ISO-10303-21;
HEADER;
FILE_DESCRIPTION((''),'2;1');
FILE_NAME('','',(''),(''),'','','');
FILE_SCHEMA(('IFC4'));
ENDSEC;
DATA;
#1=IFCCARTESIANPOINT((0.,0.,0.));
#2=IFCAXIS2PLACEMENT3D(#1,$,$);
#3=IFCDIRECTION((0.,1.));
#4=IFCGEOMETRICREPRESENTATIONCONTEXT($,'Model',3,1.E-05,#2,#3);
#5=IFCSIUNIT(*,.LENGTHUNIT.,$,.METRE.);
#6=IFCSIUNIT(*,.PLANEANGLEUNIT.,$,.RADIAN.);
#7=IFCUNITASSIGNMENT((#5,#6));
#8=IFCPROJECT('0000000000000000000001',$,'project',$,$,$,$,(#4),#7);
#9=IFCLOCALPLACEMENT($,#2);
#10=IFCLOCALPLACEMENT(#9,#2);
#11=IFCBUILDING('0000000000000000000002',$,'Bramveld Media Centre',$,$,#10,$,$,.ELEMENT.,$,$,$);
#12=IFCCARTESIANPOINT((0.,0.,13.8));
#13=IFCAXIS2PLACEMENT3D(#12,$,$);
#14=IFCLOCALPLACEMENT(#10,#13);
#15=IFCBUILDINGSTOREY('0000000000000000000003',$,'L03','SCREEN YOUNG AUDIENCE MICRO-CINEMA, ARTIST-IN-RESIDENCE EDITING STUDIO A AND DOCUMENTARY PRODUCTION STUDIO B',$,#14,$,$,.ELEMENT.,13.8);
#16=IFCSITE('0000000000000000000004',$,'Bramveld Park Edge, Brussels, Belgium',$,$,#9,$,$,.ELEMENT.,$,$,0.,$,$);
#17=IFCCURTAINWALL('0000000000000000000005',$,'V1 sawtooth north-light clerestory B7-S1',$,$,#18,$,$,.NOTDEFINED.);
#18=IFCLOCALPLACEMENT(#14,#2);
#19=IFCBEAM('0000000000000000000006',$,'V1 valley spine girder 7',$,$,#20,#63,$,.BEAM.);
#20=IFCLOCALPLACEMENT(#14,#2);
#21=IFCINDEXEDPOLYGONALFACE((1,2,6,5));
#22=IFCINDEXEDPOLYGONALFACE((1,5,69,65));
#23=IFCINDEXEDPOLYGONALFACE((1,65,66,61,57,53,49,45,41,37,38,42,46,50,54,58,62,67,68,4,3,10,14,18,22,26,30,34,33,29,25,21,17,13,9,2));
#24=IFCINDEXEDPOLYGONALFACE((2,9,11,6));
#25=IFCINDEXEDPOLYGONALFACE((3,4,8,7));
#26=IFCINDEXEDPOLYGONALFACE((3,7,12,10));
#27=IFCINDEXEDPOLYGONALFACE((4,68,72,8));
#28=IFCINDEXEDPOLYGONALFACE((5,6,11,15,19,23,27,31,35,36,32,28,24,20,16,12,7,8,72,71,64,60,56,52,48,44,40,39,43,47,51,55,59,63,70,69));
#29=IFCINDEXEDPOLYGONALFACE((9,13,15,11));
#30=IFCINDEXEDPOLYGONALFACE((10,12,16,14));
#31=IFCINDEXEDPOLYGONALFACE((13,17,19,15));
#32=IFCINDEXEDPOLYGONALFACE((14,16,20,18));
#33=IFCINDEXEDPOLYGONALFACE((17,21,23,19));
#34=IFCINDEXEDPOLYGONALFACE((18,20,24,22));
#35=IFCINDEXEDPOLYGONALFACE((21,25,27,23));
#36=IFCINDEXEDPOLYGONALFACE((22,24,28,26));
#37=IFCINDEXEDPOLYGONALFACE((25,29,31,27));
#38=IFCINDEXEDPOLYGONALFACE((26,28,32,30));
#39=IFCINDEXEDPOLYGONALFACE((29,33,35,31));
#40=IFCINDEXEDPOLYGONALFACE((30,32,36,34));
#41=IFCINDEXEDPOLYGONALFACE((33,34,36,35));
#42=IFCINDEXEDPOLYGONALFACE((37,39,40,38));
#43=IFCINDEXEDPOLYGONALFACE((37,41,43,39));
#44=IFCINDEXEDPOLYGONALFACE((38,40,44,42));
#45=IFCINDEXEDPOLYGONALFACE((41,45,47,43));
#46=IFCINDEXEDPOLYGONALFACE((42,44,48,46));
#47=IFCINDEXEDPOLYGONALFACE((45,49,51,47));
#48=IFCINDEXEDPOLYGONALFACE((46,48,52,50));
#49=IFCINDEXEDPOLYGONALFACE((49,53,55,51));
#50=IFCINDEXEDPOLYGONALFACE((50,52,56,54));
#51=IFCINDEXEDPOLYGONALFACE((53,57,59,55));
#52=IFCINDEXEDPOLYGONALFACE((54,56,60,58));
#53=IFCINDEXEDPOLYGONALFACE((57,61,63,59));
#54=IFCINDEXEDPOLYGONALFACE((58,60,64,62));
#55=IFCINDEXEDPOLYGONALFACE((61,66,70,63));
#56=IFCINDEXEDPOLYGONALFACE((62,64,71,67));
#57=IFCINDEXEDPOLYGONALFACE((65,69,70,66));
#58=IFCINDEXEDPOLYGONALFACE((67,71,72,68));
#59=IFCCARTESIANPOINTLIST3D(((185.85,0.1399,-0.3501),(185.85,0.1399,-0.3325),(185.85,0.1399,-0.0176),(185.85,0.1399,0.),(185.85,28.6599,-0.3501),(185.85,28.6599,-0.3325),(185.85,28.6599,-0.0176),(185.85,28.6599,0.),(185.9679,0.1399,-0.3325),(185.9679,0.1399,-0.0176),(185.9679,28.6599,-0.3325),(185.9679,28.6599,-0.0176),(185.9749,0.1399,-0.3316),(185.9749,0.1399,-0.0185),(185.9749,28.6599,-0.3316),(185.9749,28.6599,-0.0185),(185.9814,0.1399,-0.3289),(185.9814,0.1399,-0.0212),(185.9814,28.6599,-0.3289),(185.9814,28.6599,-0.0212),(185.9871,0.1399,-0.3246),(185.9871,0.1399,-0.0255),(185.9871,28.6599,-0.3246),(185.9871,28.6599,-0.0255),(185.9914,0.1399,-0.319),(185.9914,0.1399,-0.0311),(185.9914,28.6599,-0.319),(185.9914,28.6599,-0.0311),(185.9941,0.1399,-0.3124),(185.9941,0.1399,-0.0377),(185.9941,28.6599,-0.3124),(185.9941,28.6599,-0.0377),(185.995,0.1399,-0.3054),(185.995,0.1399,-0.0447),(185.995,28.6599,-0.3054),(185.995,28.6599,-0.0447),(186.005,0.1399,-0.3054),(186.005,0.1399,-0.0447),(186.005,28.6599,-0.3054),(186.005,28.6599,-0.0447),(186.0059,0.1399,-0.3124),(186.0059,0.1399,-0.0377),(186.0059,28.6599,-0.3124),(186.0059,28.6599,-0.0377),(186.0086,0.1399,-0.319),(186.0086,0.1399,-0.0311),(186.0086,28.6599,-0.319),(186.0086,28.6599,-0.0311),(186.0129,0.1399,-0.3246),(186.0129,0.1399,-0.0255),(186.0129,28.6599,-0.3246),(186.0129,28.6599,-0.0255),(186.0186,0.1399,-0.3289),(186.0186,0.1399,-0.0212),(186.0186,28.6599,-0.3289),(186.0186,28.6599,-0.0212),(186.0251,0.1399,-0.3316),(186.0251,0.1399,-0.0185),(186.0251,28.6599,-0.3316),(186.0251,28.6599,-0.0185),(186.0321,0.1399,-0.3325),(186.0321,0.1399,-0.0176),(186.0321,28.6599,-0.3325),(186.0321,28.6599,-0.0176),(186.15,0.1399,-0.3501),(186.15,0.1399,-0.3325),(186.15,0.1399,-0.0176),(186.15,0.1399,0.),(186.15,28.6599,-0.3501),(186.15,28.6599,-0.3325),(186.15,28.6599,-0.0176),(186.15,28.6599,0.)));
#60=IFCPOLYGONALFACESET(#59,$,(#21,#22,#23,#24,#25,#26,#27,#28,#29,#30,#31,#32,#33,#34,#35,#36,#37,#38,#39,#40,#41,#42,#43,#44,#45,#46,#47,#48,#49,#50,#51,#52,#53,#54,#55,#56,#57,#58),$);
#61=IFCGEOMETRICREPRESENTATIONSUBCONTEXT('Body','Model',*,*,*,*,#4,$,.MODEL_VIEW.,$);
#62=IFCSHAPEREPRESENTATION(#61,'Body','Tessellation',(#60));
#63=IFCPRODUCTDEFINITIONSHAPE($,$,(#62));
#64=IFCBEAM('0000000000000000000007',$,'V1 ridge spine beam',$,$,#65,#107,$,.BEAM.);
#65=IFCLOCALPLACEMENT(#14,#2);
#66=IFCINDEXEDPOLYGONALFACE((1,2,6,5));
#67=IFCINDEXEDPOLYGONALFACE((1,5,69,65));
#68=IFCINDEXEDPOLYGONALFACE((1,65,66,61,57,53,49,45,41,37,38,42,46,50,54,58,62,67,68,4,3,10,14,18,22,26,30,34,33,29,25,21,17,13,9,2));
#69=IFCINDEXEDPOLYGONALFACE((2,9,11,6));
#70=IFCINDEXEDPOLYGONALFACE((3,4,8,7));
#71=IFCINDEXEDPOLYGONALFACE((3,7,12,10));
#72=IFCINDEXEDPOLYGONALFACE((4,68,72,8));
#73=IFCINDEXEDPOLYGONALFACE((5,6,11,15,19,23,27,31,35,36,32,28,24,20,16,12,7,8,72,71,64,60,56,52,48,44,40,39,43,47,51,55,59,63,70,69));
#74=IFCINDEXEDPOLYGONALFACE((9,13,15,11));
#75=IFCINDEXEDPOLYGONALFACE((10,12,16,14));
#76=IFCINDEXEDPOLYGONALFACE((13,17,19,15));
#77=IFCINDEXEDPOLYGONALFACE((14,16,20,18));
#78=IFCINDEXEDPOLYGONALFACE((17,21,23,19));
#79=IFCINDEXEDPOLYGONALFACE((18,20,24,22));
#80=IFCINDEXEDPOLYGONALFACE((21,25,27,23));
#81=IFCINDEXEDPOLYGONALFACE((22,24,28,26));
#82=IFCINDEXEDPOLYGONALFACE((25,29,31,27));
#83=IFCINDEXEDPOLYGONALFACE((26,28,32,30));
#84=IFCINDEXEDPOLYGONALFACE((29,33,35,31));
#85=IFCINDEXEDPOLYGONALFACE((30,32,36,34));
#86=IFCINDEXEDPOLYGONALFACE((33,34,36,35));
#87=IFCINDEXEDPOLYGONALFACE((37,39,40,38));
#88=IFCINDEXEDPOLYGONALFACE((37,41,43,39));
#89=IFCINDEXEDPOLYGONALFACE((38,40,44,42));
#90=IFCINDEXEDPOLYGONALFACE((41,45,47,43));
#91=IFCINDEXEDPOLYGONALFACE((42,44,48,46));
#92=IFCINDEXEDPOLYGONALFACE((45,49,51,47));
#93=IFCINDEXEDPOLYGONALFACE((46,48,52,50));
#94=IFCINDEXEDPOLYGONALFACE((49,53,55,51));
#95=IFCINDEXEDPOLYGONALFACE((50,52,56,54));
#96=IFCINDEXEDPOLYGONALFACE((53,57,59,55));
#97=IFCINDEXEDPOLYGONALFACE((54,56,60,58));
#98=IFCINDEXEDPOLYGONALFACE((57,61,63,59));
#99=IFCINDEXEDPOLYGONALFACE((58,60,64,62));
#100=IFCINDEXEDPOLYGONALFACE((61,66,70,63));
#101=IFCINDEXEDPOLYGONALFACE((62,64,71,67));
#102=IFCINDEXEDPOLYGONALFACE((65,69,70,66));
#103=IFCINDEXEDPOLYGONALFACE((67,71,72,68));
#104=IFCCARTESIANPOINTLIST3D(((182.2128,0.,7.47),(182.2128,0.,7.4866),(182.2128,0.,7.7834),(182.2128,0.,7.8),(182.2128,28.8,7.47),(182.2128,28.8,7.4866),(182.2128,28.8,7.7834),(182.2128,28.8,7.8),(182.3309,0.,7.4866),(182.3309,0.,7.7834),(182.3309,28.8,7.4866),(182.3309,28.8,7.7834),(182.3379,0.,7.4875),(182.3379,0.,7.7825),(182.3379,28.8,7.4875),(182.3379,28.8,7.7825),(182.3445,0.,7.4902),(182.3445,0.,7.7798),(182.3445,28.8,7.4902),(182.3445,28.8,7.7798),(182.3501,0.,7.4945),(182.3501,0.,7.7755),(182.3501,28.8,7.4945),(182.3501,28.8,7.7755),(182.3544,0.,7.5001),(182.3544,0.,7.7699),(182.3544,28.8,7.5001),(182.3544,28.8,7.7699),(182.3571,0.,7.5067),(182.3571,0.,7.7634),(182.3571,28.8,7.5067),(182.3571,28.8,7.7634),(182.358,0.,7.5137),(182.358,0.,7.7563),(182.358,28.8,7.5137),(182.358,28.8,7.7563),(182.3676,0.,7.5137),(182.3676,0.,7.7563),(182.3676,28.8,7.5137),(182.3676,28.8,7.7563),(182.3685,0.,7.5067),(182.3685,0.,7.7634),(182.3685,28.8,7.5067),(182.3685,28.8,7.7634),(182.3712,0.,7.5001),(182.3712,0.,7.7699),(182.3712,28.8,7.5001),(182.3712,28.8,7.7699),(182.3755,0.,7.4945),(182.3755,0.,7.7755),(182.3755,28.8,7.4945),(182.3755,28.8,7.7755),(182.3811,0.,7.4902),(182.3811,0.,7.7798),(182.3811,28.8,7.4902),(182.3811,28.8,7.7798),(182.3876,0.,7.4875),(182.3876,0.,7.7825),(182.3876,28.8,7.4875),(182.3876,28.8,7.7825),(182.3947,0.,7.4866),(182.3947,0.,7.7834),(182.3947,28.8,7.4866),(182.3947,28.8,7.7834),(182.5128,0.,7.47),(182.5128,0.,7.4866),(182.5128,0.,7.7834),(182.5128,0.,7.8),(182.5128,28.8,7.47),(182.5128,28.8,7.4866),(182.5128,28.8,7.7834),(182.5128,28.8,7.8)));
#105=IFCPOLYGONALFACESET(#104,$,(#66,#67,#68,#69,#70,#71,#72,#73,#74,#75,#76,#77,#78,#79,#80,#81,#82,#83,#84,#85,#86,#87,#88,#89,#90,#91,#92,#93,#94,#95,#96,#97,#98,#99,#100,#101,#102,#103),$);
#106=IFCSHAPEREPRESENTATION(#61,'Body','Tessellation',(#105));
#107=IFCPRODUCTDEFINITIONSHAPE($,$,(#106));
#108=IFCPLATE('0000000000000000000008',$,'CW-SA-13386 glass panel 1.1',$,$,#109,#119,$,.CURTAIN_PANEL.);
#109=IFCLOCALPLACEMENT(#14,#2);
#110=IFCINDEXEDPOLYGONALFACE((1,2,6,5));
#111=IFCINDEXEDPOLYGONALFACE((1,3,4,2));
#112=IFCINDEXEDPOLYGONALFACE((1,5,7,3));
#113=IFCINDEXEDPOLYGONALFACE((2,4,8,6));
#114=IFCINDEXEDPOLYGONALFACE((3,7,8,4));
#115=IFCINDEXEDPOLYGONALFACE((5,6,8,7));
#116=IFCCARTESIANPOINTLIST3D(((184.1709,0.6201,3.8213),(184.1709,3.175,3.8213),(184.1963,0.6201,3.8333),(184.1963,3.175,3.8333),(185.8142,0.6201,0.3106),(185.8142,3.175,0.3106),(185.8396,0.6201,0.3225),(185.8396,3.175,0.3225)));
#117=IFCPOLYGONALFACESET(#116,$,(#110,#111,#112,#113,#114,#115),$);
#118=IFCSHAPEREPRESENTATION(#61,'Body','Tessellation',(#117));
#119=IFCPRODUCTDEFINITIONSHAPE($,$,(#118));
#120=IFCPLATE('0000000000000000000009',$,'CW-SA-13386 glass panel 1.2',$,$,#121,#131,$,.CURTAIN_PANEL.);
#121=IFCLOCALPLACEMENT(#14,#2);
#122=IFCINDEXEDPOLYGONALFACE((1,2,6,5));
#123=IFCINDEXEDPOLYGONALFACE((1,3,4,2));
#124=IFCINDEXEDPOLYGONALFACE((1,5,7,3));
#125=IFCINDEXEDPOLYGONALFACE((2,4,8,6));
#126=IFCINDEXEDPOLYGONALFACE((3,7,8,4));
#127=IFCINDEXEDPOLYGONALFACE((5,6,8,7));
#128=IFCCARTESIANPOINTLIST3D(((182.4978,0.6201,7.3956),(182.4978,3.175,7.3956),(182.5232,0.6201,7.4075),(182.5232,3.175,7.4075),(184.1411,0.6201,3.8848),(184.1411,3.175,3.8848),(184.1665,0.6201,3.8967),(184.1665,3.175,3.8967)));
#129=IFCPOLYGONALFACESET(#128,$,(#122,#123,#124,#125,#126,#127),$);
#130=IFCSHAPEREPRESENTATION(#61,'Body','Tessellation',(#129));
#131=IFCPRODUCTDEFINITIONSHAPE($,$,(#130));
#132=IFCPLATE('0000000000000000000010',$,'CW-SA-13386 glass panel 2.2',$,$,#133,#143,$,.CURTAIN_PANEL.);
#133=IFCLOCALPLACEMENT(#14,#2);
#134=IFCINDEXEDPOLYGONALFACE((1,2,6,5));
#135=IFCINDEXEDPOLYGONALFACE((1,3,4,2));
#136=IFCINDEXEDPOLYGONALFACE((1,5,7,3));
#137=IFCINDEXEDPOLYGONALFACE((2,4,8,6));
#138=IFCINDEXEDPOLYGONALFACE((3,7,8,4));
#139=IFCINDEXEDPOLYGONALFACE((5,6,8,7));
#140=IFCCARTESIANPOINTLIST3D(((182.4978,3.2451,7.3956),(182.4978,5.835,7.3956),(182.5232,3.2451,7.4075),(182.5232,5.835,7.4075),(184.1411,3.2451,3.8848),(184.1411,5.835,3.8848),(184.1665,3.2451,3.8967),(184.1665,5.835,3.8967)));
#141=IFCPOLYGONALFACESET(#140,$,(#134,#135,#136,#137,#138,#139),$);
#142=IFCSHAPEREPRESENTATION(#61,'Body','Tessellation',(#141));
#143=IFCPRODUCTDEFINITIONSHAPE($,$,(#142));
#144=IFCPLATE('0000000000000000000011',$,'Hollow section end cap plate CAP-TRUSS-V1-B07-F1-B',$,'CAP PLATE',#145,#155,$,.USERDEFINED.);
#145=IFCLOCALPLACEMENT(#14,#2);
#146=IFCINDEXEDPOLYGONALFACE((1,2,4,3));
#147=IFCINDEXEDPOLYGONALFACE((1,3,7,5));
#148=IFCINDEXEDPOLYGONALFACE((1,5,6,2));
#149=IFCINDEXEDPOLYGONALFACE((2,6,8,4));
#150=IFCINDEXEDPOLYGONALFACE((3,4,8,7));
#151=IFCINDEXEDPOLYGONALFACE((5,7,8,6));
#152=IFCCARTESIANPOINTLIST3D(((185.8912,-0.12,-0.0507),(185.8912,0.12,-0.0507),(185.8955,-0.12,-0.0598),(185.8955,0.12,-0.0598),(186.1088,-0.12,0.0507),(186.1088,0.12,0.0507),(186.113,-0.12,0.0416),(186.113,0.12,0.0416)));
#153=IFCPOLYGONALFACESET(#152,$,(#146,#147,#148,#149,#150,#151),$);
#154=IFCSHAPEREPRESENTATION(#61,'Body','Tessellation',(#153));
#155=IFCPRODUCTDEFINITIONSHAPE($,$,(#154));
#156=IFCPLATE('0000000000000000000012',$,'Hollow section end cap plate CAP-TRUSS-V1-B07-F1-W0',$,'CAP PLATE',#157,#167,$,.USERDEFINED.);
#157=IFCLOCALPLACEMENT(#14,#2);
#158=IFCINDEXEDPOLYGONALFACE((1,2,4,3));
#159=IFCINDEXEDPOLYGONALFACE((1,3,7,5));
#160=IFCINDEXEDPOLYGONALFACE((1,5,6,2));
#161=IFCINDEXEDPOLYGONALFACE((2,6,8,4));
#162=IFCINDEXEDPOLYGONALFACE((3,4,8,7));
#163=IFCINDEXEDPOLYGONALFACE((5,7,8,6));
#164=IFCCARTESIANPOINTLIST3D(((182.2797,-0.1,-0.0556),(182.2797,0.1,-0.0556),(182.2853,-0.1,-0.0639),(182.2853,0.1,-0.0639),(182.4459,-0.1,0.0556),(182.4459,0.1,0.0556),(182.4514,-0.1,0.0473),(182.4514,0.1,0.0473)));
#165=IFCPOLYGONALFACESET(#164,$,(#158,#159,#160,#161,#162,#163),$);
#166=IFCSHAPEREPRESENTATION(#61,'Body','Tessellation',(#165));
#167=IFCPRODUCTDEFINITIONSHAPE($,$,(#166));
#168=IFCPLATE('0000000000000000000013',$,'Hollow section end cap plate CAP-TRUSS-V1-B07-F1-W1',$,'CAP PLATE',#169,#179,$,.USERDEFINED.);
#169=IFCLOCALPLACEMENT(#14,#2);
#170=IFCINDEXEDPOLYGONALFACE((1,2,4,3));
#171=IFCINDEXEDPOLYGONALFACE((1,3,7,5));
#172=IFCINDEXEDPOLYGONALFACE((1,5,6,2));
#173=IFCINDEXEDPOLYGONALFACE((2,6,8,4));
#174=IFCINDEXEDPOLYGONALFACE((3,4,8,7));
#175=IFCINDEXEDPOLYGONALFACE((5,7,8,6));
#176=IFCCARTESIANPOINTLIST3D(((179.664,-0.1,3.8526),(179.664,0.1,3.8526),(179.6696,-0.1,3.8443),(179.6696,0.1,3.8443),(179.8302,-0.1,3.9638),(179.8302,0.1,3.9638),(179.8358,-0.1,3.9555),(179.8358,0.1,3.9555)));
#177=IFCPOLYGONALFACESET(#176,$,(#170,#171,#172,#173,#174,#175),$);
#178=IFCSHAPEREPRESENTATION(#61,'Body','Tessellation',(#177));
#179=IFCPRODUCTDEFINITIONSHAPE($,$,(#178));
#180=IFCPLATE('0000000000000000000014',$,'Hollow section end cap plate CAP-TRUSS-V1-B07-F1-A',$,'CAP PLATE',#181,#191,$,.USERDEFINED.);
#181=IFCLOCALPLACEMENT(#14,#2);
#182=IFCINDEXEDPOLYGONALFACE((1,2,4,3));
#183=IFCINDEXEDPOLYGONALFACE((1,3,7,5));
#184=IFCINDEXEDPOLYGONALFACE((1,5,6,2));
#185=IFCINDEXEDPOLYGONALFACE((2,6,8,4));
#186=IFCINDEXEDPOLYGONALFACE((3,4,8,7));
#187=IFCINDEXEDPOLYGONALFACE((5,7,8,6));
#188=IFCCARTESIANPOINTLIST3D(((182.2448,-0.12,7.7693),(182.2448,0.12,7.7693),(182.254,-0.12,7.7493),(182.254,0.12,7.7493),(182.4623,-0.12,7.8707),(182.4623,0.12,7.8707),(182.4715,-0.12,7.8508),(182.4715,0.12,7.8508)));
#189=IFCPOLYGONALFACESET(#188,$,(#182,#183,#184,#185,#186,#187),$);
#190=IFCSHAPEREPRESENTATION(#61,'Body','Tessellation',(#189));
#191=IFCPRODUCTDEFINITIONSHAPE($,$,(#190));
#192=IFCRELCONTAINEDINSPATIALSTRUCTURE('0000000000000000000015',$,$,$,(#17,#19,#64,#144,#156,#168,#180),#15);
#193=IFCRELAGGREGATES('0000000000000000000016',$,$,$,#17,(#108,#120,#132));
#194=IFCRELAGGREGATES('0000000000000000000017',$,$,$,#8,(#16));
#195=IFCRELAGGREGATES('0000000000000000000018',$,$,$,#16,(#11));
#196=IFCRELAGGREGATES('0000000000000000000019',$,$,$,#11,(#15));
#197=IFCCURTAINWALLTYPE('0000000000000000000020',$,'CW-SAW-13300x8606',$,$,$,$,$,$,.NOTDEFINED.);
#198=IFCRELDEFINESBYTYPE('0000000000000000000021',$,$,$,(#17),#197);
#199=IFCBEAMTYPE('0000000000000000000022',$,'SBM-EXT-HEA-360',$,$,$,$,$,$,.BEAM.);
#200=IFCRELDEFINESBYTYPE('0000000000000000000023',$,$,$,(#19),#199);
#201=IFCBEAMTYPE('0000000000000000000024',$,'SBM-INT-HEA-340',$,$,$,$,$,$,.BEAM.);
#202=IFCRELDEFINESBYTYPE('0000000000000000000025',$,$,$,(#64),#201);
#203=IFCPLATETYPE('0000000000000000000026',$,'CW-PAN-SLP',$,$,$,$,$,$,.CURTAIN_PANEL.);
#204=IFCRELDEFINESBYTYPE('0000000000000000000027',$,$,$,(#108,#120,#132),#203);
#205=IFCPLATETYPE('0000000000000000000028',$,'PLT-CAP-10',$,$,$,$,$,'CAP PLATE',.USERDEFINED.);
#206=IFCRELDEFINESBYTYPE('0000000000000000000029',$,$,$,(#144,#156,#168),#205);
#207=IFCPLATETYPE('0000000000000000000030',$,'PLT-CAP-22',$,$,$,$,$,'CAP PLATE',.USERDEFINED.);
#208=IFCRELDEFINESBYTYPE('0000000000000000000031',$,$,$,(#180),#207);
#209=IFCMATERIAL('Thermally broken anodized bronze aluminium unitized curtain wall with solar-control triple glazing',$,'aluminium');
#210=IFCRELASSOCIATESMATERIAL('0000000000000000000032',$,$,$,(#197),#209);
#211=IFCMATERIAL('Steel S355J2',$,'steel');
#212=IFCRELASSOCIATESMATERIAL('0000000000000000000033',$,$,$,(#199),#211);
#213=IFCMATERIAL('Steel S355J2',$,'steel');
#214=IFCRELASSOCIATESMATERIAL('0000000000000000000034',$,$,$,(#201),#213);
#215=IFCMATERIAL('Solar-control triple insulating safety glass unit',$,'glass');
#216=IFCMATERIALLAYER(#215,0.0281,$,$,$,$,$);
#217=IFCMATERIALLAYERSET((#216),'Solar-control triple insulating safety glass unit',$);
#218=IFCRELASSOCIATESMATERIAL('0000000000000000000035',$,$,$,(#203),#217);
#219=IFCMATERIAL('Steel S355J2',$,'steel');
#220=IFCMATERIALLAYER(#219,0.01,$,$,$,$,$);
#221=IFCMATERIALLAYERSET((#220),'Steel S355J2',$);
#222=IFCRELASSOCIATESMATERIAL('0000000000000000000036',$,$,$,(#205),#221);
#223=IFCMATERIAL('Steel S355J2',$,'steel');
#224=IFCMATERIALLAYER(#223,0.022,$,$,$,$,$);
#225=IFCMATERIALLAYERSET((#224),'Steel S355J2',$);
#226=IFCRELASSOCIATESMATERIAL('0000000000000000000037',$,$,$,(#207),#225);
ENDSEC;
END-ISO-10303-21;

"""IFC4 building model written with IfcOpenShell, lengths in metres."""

from ifc_helpers import new_model, si_unit, direction, frame, origin, origin_2d, place, context, subcontext, project, spatial, polyline, rectangle, i_section, outline, extrude, material, layer, layer_set, material_profile, profile_set, type_object, element, aggregate, save


model = new_model("IFC4")

# Units and contexts
model_context = context("Model", 3, precision=1e-05, world=origin(), true_north=direction((0.0, 1.0)))
body_context = subcontext(model_context, "Body", "Model", "MODEL_VIEW")
ifc_project = project(units=[si_unit("LENGTHUNIT", "METRE"), si_unit("PLANEANGLEUNIT", "RADIAN")], contexts=[model_context])

# Site, building, storey
site_placement = place(None, origin())
site = spatial("IfcSite", under=ifc_project, at=site_placement, Name="Bramveld Park Edge, Brussels, Belgium", CompositionType="ELEMENT", RefElevation=0.0)
building_placement = place(site_placement, origin())
building = spatial("IfcBuilding", under=site, at=building_placement, Name="Bramveld Media Centre", CompositionType="ELEMENT")
storey_placement = place(building_placement, frame((0.0, 0.0, 13.8)))
storey = spatial("IfcBuildingStorey", under=building, at=storey_placement, Name="L03", Description="SCREEN YOUNG AUDIENCE MICRO-CINEMA, ARTIST-IN-RESIDENCE EDITING STUDIO A AND DOCUMENTARY PRODUCTION STUDIO B", CompositionType="ELEMENT", Elevation=13.8)

# Curtain wall
ifc_material_1 = material(Name="Thermally broken anodized bronze aluminium unitized curtain wall with solar-control triple glazing", Category="aluminium")
curtain_wall_type = type_object("IfcCurtainWallType", Name="CW-SAW-13300x8606", PredefinedType="NOTDEFINED", material=ifc_material_1)
curtain_wall_placement = place(storey_placement, origin())
curtain_wall = element("IfcCurtainWall", 1, at=curtain_wall_placement, inside=storey, type_object=curtain_wall_type, Name="V1 sawtooth north-light clerestory B7-S1", PredefinedType="NOTDEFINED")

# Beams
ifc_material_2 = material(Name="Steel S355J2", Category="steel")
ifc_material_profile_1 = material_profile(ifc_material_2, i_section(OverallWidth=0.3, OverallDepth=0.3501, WebThickness=0.01, FlangeThickness=0.0176, FilletRadius=0.0271, at=origin_2d()), Name="HEA 360")
ifc_profile_set_1 = profile_set([ifc_material_profile_1], Name="Steel S355J2")
beam_type_1 = type_object("IfcBeamType", Name="SBM-EXT-HEA-360", PredefinedType="BEAM", material=ifc_profile_set_1)
beam_1_placement = place(storey_placement, frame((186.0, 0.1399, -0.175), z_axis=(0.0, 1.0, 0.0), x_axis=(-1.0, 0.0, 0.0)))
element("IfcBeam", 2, at=beam_1_placement, inside=storey, type_object=beam_type_1, Name="V1 valley spine girder 7", PredefinedType="BEAM", context=body_context, shape_type="SweptSolid", body=[
    extrude(i_section(OverallWidth=0.3, OverallDepth=0.3501, WebThickness=0.01, FlangeThickness=0.0176, FilletRadius=0.0271, at=origin_2d()), origin(), (0.0, 0.0, 1.0), 28.52),
])
ifc_material_3 = material(Name="Steel S355J2", Category="steel")
ifc_material_profile_2 = material_profile(ifc_material_3, i_section(OverallWidth=0.3, OverallDepth=0.3301, WebThickness=0.0095, FlangeThickness=0.0166, FilletRadius=0.0271, at=origin_2d()), Name="HEA 340")
ifc_profile_set_2 = profile_set([ifc_material_profile_2], Name="Steel S355J2")
beam_type_2 = type_object("IfcBeamType", Name="SBM-INT-HEA-340", PredefinedType="BEAM", material=ifc_profile_set_2)
beam_2_placement = place(storey_placement, frame((182.3628, 0.0, 7.635), z_axis=(0.0, 1.0, 0.0), x_axis=(-1.0, 0.0, 0.0)))
element("IfcBeam", 3, at=beam_2_placement, inside=storey, type_object=beam_type_2, Name="V1 ridge spine beam", PredefinedType="BEAM", context=body_context, shape_type="SweptSolid", body=[
    extrude(i_section(OverallWidth=0.3, OverallDepth=0.3301, WebThickness=0.0095, FlangeThickness=0.0166, FilletRadius=0.0271, at=origin_2d()), origin(), (0.0, 0.0, 1.0), 28.8),
])

# Plates
ifc_material_4 = material(Name="Solar-control triple insulating safety glass unit", Category="glass")
ifc_layer_1 = layer(ifc_material_4, 0.0281)
ifc_layer_set_1 = layer_set([ifc_layer_1], Name="Solar-control triple insulating safety glass unit")
plate_type_1 = type_object("IfcPlateType", Name="CW-PAN-SLP", PredefinedType="CURTAIN_PANEL", material=ifc_layer_set_1)
plate_1_placement = place(storey_placement, frame((185.8396, 0.6201, 0.3225), z_axis=(0.905692, 0.0, 0.423937), x_axis=(0.0, 1.0, 0.0)))
plate_1 = element("IfcPlate", 4, at=plate_1_placement, type_object=plate_type_1, Name="CW-SA-13386 glass panel 1.1", PredefinedType="CURTAIN_PANEL", context=body_context, shape_type="SweptSolid", body=[
    extrude(outline(polyline([(0.0, 0.0), (2.5549, 0.0), (2.5549, 3.8763), (0.0, 3.8763), (0.0, 0.0)])), origin(), (0.0, 0.0, -1.0), 0.0281),
])
plate_2_placement = place(storey_placement, frame((184.1665, 0.6201, 3.8967), z_axis=(0.905692, 0.0, 0.423937), x_axis=(0.0, 1.0, 0.0)))
plate_2 = element("IfcPlate", 5, at=plate_2_placement, type_object=plate_type_1, Name="CW-SA-13386 glass panel 1.2", PredefinedType="CURTAIN_PANEL", context=body_context, shape_type="SweptSolid", body=[
    extrude(outline(polyline([(0.0, 0.0), (2.5549, 0.0), (2.5549, 3.8763), (0.0, 3.8763), (0.0, 0.0)])), origin(), (0.0, 0.0, -1.0), 0.0281),
])
plate_3_placement = place(storey_placement, frame((184.1665, 3.2451, 3.8967), z_axis=(0.905692, 0.0, 0.423937), x_axis=(0.0, 1.0, 0.0)))
plate_3 = element("IfcPlate", 6, at=plate_3_placement, type_object=plate_type_1, Name="CW-SA-13386 glass panel 2.2", PredefinedType="CURTAIN_PANEL", context=body_context, shape_type="SweptSolid", body=[
    extrude(outline(polyline([(0.0, 0.0), (2.5898, 0.0), (2.5898, 3.8763), (0.0, 3.8763), (0.0, 0.0)])), origin(), (0.0, 0.0, -1.0), 0.0281),
])
aggregate(curtain_wall, [plate_1, plate_2, plate_3])

# Plates
ifc_material_5 = material(Name="Steel S355J2", Category="steel")
ifc_layer_2 = layer(ifc_material_5, 0.01)
ifc_layer_set_2 = layer_set([ifc_layer_2], Name="Steel S355J2")
plate_type_2 = type_object("IfcPlateType", Name="PLT-CAP-10", ElementType="CAP PLATE", PredefinedType="USERDEFINED", material=ifc_layer_set_2)
plate_4_placement = place(storey_placement, frame((186.0, 0.0, 0.0), z_axis=(0.422618, 0.0, -0.906308), x_axis=(0.0, 1.0, 0.0)))
element("IfcPlate", 7, at=plate_4_placement, inside=storey, type_object=plate_type_2, Name="Hollow section end cap plate CAP-TRUSS-V1-B07-F1-B", ObjectType="CAP PLATE", PredefinedType="USERDEFINED", context=body_context, shape_type="SweptSolid", body=[
    extrude(rectangle(XDim=0.24, YDim=0.24, at=origin_2d()), origin(), (0.0, 0.0, 1.0), 0.01),
])
for number, where, z_axis, x_axis, name in (
    (8, (182.3628, 0.0, 0.0), (0.556175, 0.0, -0.831065), (0.0, 1.0, 0.0), "Hollow section end cap plate CAP-TRUSS-V1-B07-F1-W0"),
    (9, (179.7527, 0.0, 3.8999), (-0.556175, 0.0, 0.831065), (0.0, -1.0, 0.0), "Hollow section end cap plate CAP-TRUSS-V1-B07-F1-W1"),
):
    element("IfcPlate", number, at=place(storey_placement, frame(where, z_axis=z_axis, x_axis=x_axis)), inside=storey, type_object=plate_type_2, Name=name, ObjectType="CAP PLATE", PredefinedType="USERDEFINED", context=body_context, shape_type="SweptSolid", body=[
        extrude(rectangle(XDim=0.2, YDim=0.2, at=origin_2d()), origin(), (0.0, 0.0, 1.0), 0.01),
    ])
ifc_material_6 = material(Name="Steel S355J2", Category="steel")
ifc_layer_3 = layer(ifc_material_6, 0.022)
ifc_layer_set_3 = layer_set([ifc_layer_3], Name="Steel S355J2")
plate_type_3 = type_object("IfcPlateType", Name="PLT-CAP-22", ElementType="CAP PLATE", PredefinedType="USERDEFINED", material=ifc_layer_set_3)
plate_5_placement = place(storey_placement, frame((182.3628, 0.0, 7.8), z_axis=(-0.422618, 0.0, 0.906308), x_axis=(0.0, -1.0, 0.0)))
element("IfcPlate", 10, at=plate_5_placement, inside=storey, type_object=plate_type_3, Name="Hollow section end cap plate CAP-TRUSS-V1-B07-F1-A", ObjectType="CAP PLATE", PredefinedType="USERDEFINED", context=body_context, shape_type="SweptSolid", body=[
    extrude(rectangle(XDim=0.24, YDim=0.24, at=origin_2d()), origin(), (0.0, 0.0, 1.0), 0.022),
])

save(model, "model.ifc")
